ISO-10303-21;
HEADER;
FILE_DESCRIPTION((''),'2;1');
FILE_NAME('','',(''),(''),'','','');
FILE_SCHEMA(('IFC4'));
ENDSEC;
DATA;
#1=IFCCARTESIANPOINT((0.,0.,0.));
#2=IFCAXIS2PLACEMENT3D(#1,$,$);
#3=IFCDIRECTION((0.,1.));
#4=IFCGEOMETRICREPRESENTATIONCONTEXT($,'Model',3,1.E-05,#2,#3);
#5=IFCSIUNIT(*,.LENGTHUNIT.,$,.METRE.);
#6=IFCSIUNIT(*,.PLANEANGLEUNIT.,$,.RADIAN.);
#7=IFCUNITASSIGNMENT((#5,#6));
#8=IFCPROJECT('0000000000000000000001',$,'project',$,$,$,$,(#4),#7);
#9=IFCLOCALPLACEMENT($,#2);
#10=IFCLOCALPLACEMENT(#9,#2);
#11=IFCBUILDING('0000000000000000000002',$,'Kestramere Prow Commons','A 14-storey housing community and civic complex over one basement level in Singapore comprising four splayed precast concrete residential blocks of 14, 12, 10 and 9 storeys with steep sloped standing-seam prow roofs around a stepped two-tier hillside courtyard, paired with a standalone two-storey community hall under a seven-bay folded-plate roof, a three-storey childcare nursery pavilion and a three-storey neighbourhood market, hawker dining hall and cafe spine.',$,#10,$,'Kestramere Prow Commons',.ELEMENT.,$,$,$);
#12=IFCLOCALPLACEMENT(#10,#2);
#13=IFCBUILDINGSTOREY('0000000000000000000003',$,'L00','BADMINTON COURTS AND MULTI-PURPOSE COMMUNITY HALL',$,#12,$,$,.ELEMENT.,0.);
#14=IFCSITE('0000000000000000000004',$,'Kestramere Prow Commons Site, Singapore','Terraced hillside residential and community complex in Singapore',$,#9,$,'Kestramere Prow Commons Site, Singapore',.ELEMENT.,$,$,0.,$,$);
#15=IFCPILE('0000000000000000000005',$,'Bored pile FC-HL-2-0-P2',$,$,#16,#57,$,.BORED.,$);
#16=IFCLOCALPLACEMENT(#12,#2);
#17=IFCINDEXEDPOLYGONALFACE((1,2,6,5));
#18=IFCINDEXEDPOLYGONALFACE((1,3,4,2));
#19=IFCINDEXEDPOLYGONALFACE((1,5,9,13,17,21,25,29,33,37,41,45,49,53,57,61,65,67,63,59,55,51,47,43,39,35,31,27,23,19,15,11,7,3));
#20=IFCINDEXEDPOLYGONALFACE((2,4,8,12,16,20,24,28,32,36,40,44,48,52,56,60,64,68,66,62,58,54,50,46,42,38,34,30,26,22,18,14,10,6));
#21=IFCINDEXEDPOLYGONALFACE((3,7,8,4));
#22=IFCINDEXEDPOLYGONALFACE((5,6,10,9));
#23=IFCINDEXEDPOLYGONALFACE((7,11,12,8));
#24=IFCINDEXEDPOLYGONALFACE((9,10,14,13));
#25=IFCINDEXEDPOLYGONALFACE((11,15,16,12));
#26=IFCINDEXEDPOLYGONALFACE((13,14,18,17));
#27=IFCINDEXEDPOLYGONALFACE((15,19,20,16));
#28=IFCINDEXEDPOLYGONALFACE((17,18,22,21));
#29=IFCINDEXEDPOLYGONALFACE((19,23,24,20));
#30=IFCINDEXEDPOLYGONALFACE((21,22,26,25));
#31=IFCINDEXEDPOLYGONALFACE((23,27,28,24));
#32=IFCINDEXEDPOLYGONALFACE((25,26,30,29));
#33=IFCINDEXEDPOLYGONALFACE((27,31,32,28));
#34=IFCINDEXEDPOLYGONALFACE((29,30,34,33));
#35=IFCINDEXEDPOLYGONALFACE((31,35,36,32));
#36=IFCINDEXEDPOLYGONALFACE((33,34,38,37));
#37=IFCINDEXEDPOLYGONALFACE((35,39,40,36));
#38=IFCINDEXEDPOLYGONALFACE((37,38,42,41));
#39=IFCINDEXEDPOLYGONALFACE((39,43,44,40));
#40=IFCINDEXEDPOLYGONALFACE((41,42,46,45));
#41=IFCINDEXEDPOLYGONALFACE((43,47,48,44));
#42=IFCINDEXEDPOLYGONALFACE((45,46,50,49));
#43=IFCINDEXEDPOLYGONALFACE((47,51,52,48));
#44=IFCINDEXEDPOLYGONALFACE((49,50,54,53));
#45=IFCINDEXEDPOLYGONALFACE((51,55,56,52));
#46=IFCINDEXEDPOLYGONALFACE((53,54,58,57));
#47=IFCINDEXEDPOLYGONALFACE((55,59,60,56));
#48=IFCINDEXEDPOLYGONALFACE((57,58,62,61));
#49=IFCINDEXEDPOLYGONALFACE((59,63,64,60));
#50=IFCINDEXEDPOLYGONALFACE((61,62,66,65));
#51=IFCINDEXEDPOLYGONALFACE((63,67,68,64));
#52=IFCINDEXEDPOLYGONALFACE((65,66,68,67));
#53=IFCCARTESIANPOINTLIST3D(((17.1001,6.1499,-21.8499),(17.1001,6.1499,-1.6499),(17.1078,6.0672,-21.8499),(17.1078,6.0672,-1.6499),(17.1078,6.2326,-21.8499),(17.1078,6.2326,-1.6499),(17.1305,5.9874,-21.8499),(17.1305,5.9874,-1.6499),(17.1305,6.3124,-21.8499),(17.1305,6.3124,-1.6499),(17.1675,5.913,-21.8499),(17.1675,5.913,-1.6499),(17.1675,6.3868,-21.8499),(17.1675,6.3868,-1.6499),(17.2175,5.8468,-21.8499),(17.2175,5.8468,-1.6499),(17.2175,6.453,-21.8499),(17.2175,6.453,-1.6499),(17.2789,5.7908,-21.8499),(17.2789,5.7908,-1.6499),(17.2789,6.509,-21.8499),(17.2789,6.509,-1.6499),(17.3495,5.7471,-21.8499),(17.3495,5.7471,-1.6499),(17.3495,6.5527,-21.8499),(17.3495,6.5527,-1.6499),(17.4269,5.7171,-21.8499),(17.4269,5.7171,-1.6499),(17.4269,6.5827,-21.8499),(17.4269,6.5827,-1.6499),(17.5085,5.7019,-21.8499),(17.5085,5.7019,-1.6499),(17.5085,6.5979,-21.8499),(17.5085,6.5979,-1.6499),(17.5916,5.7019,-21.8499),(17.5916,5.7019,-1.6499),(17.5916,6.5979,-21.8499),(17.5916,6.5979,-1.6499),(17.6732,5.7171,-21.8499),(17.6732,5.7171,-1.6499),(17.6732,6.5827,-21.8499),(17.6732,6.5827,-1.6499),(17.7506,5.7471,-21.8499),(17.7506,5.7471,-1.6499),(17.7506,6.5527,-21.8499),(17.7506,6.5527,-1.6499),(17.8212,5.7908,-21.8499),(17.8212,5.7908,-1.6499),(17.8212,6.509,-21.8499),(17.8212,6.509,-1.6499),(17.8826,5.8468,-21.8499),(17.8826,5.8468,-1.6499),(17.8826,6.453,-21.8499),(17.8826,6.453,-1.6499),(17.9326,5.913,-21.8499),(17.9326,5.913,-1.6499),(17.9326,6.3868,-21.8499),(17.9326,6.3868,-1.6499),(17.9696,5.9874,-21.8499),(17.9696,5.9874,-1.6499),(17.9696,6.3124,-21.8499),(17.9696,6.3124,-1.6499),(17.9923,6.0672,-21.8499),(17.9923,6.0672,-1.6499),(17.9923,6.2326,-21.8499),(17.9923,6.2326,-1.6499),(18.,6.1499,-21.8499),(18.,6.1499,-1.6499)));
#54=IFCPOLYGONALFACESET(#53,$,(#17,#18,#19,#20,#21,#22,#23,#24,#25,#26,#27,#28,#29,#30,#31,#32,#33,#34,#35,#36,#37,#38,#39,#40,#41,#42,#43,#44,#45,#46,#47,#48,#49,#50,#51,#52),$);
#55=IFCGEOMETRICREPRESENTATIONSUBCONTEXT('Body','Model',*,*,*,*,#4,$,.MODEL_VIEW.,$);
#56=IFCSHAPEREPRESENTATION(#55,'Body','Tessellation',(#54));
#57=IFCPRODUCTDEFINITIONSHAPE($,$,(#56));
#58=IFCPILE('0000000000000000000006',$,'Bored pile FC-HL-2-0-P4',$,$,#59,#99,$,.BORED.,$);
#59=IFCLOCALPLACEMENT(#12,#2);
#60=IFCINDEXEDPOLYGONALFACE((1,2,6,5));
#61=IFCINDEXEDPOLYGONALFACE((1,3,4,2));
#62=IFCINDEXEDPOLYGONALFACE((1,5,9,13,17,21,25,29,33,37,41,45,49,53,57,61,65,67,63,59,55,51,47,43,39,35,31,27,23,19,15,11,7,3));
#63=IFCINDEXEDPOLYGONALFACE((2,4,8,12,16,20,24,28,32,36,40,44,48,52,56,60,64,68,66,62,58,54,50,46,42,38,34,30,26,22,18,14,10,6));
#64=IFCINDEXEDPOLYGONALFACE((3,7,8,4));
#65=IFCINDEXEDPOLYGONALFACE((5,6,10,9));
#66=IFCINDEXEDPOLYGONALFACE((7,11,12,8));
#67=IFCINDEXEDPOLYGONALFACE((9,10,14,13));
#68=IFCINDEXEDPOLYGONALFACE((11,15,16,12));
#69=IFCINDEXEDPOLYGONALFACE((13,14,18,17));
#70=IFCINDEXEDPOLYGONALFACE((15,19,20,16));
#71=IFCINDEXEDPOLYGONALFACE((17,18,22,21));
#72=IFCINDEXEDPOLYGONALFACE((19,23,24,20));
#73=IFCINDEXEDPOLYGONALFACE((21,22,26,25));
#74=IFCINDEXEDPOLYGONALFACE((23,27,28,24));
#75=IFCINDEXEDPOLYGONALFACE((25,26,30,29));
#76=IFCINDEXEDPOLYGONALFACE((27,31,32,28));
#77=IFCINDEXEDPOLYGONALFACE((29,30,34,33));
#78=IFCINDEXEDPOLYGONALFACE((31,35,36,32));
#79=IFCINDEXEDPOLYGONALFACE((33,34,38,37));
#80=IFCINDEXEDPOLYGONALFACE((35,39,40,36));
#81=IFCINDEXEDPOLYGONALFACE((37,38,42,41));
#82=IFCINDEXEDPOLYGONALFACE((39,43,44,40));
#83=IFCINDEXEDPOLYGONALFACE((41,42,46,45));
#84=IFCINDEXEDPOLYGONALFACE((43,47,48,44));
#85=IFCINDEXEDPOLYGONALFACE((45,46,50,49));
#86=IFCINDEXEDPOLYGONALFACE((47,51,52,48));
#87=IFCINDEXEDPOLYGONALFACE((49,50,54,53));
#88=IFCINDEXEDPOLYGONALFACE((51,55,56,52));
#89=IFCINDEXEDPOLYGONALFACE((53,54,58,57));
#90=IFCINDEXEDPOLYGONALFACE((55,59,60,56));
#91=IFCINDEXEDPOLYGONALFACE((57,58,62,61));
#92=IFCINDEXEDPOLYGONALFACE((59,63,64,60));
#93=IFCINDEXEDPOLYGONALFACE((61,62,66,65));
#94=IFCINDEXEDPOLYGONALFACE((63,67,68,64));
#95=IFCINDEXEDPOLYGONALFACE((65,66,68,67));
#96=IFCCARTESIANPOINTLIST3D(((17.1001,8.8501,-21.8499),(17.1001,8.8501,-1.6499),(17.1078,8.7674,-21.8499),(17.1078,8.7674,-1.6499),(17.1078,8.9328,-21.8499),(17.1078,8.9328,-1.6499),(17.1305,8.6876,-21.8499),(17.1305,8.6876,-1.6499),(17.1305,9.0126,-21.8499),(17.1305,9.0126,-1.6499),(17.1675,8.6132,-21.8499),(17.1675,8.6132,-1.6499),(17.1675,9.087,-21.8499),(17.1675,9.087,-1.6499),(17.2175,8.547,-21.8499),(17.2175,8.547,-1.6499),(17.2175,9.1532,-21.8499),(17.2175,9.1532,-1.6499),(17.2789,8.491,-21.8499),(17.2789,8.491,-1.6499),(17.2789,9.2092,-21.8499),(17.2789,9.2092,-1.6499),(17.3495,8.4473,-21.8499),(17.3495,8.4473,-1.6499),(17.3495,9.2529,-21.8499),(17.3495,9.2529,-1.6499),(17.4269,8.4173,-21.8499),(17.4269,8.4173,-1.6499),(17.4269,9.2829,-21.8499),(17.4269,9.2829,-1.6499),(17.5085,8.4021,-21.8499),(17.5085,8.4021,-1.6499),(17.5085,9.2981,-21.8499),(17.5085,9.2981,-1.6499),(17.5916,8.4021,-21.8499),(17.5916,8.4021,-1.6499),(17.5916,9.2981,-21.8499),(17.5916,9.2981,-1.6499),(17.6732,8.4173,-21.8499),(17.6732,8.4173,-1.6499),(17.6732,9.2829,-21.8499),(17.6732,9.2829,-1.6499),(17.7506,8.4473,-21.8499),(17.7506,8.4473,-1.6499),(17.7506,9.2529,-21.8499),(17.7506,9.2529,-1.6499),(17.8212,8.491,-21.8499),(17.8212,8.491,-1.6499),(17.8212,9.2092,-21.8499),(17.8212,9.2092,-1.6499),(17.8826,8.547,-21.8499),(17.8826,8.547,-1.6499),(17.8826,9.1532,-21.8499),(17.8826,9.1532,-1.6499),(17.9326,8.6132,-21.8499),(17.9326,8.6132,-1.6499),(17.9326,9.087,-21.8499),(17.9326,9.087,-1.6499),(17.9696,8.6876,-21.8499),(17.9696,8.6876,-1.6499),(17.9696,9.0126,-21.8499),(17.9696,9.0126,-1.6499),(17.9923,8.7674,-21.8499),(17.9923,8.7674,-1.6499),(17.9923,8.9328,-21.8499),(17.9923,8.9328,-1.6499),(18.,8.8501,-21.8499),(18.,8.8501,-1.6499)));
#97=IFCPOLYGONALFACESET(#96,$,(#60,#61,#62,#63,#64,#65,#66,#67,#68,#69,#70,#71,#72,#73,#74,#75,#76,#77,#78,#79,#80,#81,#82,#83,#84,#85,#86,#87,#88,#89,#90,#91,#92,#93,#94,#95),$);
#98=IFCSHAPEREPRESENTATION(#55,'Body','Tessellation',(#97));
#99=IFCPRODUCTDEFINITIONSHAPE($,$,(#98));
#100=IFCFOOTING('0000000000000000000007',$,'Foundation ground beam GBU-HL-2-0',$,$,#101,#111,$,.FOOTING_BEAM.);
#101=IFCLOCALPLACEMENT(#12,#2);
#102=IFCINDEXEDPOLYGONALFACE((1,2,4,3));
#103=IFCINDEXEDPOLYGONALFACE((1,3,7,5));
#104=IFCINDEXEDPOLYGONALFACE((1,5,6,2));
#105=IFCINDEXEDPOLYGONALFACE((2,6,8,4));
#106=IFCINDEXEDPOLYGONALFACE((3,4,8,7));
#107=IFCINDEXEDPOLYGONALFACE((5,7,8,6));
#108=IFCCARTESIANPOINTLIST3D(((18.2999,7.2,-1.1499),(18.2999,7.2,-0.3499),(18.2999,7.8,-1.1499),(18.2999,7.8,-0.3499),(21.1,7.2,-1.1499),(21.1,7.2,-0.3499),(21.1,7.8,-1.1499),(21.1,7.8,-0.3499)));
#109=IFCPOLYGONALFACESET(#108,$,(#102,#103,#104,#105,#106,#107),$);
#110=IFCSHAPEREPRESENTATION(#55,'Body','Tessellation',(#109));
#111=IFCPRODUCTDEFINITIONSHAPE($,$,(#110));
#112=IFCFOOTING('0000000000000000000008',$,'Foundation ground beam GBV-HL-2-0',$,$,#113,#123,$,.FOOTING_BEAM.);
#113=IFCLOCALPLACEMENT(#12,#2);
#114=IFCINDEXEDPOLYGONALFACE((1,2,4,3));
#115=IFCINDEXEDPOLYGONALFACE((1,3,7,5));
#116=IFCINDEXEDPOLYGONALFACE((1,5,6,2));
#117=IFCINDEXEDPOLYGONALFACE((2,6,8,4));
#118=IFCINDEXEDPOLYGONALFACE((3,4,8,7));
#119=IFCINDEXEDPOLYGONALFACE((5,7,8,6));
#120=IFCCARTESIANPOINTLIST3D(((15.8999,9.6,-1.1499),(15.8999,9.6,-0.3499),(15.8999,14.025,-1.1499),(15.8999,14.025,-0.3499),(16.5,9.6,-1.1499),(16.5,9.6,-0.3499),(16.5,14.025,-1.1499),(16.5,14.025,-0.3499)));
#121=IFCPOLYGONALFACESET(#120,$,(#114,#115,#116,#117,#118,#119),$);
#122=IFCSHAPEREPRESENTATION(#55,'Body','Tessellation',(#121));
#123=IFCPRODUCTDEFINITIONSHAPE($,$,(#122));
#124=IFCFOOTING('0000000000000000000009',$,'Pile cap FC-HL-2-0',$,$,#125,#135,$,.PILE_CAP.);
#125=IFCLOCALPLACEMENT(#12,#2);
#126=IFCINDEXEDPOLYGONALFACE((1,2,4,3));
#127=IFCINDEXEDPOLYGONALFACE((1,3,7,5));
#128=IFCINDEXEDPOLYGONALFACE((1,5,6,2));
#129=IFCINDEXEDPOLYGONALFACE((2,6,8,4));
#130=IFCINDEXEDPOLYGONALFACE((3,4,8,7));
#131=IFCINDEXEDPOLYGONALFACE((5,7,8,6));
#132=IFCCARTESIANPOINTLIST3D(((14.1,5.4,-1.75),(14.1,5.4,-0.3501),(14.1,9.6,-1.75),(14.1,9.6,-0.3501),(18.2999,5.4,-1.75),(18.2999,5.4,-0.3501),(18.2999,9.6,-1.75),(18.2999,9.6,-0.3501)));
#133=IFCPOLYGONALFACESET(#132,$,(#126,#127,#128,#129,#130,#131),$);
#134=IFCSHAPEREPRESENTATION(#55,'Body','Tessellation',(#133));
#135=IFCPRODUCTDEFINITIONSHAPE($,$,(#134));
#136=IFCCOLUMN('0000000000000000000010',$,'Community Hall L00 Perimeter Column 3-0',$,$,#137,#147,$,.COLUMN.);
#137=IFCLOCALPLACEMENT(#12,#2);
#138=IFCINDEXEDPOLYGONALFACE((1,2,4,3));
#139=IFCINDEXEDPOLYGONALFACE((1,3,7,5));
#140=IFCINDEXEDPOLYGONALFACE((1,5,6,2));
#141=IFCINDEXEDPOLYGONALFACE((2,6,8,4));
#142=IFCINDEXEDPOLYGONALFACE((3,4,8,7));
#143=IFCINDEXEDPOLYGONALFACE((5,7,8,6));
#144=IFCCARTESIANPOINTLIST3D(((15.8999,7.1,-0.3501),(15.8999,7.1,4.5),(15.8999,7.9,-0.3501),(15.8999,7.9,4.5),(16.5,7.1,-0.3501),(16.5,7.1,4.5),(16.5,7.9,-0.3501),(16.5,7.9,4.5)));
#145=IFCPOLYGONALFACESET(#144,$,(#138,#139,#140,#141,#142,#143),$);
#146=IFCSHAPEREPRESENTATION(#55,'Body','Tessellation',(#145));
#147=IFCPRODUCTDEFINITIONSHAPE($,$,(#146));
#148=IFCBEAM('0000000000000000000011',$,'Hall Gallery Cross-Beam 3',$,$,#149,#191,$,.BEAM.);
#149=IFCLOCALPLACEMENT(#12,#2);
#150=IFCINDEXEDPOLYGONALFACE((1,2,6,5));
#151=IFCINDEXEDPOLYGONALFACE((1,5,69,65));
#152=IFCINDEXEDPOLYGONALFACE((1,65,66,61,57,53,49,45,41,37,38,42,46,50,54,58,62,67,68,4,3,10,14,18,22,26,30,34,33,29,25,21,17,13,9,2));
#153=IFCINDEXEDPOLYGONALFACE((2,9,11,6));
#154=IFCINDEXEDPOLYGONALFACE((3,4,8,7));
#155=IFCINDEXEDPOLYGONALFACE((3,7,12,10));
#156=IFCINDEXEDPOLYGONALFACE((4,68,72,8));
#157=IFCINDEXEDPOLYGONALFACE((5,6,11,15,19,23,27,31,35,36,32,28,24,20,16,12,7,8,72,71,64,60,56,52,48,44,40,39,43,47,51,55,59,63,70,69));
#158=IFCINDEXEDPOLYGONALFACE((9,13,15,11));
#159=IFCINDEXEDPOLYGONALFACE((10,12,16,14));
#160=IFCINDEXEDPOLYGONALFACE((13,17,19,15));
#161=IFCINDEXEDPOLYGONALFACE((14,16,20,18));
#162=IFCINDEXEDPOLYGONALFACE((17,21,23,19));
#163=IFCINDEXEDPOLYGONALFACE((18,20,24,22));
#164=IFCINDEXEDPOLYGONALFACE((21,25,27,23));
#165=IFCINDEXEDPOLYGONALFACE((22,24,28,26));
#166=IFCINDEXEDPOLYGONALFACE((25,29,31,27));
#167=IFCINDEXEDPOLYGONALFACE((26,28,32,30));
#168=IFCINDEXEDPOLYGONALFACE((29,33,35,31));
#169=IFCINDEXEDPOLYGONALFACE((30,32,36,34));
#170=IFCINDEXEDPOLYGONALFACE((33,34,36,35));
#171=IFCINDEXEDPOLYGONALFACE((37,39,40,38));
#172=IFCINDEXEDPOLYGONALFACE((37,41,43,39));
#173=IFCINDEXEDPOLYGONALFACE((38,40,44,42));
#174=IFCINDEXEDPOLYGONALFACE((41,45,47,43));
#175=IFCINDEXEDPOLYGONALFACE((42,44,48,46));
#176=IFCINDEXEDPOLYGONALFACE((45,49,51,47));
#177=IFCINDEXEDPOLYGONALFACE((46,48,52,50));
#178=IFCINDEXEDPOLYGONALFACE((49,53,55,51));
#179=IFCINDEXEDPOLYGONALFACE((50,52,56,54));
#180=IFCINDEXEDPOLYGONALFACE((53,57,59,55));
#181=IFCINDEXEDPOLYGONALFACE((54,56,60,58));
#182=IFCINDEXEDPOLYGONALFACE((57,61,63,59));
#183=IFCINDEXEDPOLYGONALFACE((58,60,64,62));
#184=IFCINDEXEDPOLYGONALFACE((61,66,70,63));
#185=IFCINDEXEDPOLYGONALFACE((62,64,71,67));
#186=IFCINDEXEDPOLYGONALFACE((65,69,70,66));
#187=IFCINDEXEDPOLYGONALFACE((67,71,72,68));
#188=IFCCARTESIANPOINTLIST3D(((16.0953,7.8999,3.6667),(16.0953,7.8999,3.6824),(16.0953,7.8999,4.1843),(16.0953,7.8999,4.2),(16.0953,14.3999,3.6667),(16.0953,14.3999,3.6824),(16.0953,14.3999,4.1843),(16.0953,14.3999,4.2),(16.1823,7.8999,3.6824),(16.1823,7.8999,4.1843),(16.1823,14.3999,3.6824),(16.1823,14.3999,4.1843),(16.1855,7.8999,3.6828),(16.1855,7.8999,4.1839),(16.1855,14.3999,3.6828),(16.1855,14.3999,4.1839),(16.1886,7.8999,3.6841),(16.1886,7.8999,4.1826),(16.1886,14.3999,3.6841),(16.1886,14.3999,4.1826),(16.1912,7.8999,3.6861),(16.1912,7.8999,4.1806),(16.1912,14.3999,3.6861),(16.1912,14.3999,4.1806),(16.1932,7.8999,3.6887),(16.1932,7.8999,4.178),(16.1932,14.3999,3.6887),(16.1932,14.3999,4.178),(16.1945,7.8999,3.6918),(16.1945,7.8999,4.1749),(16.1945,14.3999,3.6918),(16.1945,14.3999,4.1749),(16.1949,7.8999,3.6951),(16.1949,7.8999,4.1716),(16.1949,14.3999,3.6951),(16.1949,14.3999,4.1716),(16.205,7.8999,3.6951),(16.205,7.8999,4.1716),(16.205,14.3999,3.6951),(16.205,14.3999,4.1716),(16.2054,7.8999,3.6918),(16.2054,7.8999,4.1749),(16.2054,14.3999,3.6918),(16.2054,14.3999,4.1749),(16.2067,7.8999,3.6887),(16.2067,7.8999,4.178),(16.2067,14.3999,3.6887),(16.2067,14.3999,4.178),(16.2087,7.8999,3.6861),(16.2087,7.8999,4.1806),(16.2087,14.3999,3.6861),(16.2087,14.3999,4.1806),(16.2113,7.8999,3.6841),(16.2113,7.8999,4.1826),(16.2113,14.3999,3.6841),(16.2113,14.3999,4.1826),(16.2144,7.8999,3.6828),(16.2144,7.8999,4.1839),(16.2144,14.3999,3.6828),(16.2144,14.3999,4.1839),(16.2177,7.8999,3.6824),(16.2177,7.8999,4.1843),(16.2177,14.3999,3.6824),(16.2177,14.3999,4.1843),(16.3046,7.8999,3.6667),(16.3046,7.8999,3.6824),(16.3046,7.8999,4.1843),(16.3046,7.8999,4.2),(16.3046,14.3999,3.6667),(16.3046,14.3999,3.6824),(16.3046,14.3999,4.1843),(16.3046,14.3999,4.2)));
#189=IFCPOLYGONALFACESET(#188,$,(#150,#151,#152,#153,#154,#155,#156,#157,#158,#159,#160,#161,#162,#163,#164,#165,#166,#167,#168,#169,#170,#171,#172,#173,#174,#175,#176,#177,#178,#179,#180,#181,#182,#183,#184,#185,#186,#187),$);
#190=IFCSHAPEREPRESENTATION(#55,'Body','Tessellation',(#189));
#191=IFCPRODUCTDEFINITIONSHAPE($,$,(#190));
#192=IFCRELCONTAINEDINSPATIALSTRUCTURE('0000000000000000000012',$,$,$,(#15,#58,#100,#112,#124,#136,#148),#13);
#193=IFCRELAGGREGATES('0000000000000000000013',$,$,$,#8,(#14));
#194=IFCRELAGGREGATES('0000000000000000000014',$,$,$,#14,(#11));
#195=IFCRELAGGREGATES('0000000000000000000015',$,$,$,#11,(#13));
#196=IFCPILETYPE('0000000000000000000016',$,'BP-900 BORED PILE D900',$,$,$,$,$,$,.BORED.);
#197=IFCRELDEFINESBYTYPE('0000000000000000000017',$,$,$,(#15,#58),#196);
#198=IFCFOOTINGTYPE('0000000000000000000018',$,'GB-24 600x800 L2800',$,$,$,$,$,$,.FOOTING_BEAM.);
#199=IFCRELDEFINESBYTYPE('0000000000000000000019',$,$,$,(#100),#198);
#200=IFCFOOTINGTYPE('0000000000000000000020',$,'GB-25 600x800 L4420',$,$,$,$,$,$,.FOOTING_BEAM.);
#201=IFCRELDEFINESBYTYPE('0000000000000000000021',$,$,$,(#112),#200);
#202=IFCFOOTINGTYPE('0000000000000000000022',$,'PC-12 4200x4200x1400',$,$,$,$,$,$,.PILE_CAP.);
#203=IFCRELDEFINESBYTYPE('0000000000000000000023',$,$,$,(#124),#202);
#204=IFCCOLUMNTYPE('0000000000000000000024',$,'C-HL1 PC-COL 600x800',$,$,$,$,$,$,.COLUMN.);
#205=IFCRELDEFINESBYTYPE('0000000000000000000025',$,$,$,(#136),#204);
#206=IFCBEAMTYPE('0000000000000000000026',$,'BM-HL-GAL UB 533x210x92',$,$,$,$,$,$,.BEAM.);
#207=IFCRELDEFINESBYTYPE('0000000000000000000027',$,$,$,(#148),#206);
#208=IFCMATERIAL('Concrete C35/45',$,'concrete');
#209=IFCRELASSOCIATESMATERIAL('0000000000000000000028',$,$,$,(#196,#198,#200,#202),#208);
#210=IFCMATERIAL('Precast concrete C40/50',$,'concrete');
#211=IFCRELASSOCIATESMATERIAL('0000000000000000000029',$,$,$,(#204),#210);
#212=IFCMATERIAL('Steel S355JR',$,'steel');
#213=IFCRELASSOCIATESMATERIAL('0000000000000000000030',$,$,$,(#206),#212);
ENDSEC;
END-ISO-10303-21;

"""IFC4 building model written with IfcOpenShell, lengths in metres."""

from ifc_helpers import new_model, si_unit, direction, frame, origin, origin_2d, place, context, subcontext, project, spatial, rectangle, circle, i_section, extrude, material, material_profile, profile_set, type_object, element, save


model = new_model("IFC4")

# Units and contexts
model_context = context("Model", 3, precision=1e-05, world=origin(), true_north=direction((0.0, 1.0)))
body_context = subcontext(model_context, "Body", "Model", "MODEL_VIEW")
ifc_project = project(units=[si_unit("LENGTHUNIT", "METRE"), si_unit("PLANEANGLEUNIT", "RADIAN")], contexts=[model_context])

# Site, building, storey
site_placement = place(None, origin())
site = spatial("IfcSite", under=ifc_project, at=site_placement, Name="Kestramere Prow Commons Site, Singapore", Description="Terraced hillside residential and community complex in Singapore", LongName="Kestramere Prow Commons Site, Singapore", CompositionType="ELEMENT", RefElevation=0.0)
building_placement = place(site_placement, origin())
building = spatial("IfcBuilding", under=site, at=building_placement, Name="Kestramere Prow Commons", Description="A 14-storey housing community and civic complex over one basement level in Singapore comprising four splayed precast concrete residential blocks of 14, 12, 10 and 9 storeys with steep sloped standing-seam prow roofs around a stepped two-tier hillside courtyard, paired with a standalone two-storey community hall under a seven-bay folded-plate roof, a three-storey childcare nursery pavilion and a three-storey neighbourhood market, hawker dining hall and cafe spine.", LongName="Kestramere Prow Commons", CompositionType="ELEMENT")
storey_placement = place(building_placement, origin())
storey = spatial("IfcBuildingStorey", under=building, at=storey_placement, Name="L00", Description="BADMINTON COURTS AND MULTI-PURPOSE COMMUNITY HALL", CompositionType="ELEMENT", Elevation=0.0)

# Piles
ifc_material_1 = material(Name="Concrete C35/45", Category="concrete")
ifc_material_profile_1 = material_profile(ifc_material_1, circle(Radius=0.45, at=origin_2d()), Name="BORED PILE D900")
ifc_profile_set_1 = profile_set([ifc_material_profile_1], Name="Concrete C35/45")
pile_type = type_object("IfcPileType", Name="BP-900 BORED PILE D900", PredefinedType="BORED", material=ifc_profile_set_1)
for number, where, z_axis, x_axis, name in (
    (1, (17.55, 6.1499, -1.6499), (0.0, 0.0, -1.0), (1.0, 0.0, 0.0), "Bored pile FC-HL-2-0-P2"),
    (2, (17.55, 8.8501, -1.6499), (0.0, 0.0, -1.0), (1.0, 0.0, 0.0), "Bored pile FC-HL-2-0-P4"),
):
    element("IfcPile", number, at=place(storey_placement, frame(where, z_axis=z_axis, x_axis=x_axis)), inside=storey, type_object=pile_type, Name=name, PredefinedType="BORED", context=body_context, shape_type="SweptSolid", body=[
        extrude(circle(Radius=0.45, at=origin_2d()), origin(), (0.0, 0.0, 1.0), 20.2),
    ])

# Footings
footing_type_1 = type_object("IfcFootingType", Name="GB-24 600x800 L2800", PredefinedType="FOOTING_BEAM", material=ifc_material_1)
footing_1_placement = place(storey_placement, frame((19.7, 7.5, -1.1499), z_axis=(0.0, 0.0, 1.0), x_axis=(1.0, 0.0, 0.0)))
element("IfcFooting", 3, at=footing_1_placement, inside=storey, type_object=footing_type_1, Name="Foundation ground beam GBU-HL-2-0", PredefinedType="FOOTING_BEAM", context=body_context, shape_type="SweptSolid", body=[
    extrude(rectangle(XDim=2.8, YDim=0.6001, at=origin_2d()), origin(), (0.0, 0.0, 1.0), 0.8),
])
footing_type_2 = type_object("IfcFootingType", Name="GB-25 600x800 L4420", PredefinedType="FOOTING_BEAM", material=ifc_material_1)
footing_2_placement = place(storey_placement, frame((16.2, 11.8125, -1.1499), z_axis=(0.0, 0.0, 1.0), x_axis=(0.0, 1.0, 0.0)))
element("IfcFooting", 4, at=footing_2_placement, inside=storey, type_object=footing_type_2, Name="Foundation ground beam GBV-HL-2-0", PredefinedType="FOOTING_BEAM", context=body_context, shape_type="SweptSolid", body=[
    extrude(rectangle(XDim=4.425, YDim=0.6001, at=origin_2d()), origin(), (0.0, 0.0, 1.0), 0.8),
])
footing_type_3 = type_object("IfcFootingType", Name="PC-12 4200x4200x1400", PredefinedType="PILE_CAP", material=ifc_material_1)
footing_3_placement = place(storey_placement, frame((16.2, 7.5, -1.75), z_axis=(0.0, 0.0, 1.0), x_axis=(1.0, 0.0, 0.0)))
element("IfcFooting", 5, at=footing_3_placement, inside=storey, type_object=footing_type_3, Name="Pile cap FC-HL-2-0", PredefinedType="PILE_CAP", context=body_context, shape_type="SweptSolid", body=[
    extrude(rectangle(XDim=4.2, YDim=4.2, at=origin_2d()), origin(), (0.0, 0.0, 1.0), 1.3999),
])

# Column
ifc_material_2 = material(Name="Precast concrete C40/50", Category="concrete")
ifc_material_profile_2 = material_profile(ifc_material_2, rectangle(XDim=0.6001, YDim=0.8, at=origin_2d()), Name="PC-COL 600x800")
ifc_profile_set_2 = profile_set([ifc_material_profile_2], Name="Precast concrete C40/50")
column_type = type_object("IfcColumnType", Name="C-HL1 PC-COL 600x800", PredefinedType="COLUMN", material=ifc_profile_set_2)
column_placement = place(storey_placement, frame((16.2, 7.5, -0.3501), z_axis=(0.0, 0.0, 1.0), x_axis=(1.0, 0.0, 0.0)))
element("IfcColumn", 6, at=column_placement, inside=storey, type_object=column_type, Name="Community Hall L00 Perimeter Column 3-0", PredefinedType="COLUMN", context=body_context, shape_type="SweptSolid", body=[
    extrude(rectangle(XDim=0.6001, YDim=0.8, at=origin_2d()), origin(), (0.0, 0.0, 1.0), 4.8501),
])

# Beam
ifc_material_3 = material(Name="Steel S355JR", Category="steel")
ifc_material_profile_3 = material_profile(ifc_material_3, i_section(OverallWidth=0.2092, OverallDepth=0.5332, WebThickness=0.01, FlangeThickness=0.0156, FilletRadius=0.0127, at=origin_2d()), Name="UB 533x210x92")
ifc_profile_set_3 = profile_set([ifc_material_profile_3], Name="Steel S355JR")
beam_type_1 = type_object("IfcBeamType", Name="BM-HL-GAL UB 533x210x92", PredefinedType="BEAM", material=ifc_profile_set_3)
beam_1_placement = place(storey_placement, frame((16.2, 7.8999, 3.9333), z_axis=(0.0, 1.0, 0.0), x_axis=(-1.0, 0.0, 0.0)))
element("IfcBeam", 7, at=beam_1_placement, inside=storey, type_object=beam_type_1, Name="Hall Gallery Cross-Beam 3", PredefinedType="BEAM", context=body_context, shape_type="SweptSolid", body=[
    extrude(i_section(OverallWidth=0.2092, OverallDepth=0.5332, WebThickness=0.01, FlangeThickness=0.0156, FilletRadius=0.0127, at=origin_2d()), origin(), (0.0, 0.0, 1.0), 6.5),
])

save(model, "model.ifc")
